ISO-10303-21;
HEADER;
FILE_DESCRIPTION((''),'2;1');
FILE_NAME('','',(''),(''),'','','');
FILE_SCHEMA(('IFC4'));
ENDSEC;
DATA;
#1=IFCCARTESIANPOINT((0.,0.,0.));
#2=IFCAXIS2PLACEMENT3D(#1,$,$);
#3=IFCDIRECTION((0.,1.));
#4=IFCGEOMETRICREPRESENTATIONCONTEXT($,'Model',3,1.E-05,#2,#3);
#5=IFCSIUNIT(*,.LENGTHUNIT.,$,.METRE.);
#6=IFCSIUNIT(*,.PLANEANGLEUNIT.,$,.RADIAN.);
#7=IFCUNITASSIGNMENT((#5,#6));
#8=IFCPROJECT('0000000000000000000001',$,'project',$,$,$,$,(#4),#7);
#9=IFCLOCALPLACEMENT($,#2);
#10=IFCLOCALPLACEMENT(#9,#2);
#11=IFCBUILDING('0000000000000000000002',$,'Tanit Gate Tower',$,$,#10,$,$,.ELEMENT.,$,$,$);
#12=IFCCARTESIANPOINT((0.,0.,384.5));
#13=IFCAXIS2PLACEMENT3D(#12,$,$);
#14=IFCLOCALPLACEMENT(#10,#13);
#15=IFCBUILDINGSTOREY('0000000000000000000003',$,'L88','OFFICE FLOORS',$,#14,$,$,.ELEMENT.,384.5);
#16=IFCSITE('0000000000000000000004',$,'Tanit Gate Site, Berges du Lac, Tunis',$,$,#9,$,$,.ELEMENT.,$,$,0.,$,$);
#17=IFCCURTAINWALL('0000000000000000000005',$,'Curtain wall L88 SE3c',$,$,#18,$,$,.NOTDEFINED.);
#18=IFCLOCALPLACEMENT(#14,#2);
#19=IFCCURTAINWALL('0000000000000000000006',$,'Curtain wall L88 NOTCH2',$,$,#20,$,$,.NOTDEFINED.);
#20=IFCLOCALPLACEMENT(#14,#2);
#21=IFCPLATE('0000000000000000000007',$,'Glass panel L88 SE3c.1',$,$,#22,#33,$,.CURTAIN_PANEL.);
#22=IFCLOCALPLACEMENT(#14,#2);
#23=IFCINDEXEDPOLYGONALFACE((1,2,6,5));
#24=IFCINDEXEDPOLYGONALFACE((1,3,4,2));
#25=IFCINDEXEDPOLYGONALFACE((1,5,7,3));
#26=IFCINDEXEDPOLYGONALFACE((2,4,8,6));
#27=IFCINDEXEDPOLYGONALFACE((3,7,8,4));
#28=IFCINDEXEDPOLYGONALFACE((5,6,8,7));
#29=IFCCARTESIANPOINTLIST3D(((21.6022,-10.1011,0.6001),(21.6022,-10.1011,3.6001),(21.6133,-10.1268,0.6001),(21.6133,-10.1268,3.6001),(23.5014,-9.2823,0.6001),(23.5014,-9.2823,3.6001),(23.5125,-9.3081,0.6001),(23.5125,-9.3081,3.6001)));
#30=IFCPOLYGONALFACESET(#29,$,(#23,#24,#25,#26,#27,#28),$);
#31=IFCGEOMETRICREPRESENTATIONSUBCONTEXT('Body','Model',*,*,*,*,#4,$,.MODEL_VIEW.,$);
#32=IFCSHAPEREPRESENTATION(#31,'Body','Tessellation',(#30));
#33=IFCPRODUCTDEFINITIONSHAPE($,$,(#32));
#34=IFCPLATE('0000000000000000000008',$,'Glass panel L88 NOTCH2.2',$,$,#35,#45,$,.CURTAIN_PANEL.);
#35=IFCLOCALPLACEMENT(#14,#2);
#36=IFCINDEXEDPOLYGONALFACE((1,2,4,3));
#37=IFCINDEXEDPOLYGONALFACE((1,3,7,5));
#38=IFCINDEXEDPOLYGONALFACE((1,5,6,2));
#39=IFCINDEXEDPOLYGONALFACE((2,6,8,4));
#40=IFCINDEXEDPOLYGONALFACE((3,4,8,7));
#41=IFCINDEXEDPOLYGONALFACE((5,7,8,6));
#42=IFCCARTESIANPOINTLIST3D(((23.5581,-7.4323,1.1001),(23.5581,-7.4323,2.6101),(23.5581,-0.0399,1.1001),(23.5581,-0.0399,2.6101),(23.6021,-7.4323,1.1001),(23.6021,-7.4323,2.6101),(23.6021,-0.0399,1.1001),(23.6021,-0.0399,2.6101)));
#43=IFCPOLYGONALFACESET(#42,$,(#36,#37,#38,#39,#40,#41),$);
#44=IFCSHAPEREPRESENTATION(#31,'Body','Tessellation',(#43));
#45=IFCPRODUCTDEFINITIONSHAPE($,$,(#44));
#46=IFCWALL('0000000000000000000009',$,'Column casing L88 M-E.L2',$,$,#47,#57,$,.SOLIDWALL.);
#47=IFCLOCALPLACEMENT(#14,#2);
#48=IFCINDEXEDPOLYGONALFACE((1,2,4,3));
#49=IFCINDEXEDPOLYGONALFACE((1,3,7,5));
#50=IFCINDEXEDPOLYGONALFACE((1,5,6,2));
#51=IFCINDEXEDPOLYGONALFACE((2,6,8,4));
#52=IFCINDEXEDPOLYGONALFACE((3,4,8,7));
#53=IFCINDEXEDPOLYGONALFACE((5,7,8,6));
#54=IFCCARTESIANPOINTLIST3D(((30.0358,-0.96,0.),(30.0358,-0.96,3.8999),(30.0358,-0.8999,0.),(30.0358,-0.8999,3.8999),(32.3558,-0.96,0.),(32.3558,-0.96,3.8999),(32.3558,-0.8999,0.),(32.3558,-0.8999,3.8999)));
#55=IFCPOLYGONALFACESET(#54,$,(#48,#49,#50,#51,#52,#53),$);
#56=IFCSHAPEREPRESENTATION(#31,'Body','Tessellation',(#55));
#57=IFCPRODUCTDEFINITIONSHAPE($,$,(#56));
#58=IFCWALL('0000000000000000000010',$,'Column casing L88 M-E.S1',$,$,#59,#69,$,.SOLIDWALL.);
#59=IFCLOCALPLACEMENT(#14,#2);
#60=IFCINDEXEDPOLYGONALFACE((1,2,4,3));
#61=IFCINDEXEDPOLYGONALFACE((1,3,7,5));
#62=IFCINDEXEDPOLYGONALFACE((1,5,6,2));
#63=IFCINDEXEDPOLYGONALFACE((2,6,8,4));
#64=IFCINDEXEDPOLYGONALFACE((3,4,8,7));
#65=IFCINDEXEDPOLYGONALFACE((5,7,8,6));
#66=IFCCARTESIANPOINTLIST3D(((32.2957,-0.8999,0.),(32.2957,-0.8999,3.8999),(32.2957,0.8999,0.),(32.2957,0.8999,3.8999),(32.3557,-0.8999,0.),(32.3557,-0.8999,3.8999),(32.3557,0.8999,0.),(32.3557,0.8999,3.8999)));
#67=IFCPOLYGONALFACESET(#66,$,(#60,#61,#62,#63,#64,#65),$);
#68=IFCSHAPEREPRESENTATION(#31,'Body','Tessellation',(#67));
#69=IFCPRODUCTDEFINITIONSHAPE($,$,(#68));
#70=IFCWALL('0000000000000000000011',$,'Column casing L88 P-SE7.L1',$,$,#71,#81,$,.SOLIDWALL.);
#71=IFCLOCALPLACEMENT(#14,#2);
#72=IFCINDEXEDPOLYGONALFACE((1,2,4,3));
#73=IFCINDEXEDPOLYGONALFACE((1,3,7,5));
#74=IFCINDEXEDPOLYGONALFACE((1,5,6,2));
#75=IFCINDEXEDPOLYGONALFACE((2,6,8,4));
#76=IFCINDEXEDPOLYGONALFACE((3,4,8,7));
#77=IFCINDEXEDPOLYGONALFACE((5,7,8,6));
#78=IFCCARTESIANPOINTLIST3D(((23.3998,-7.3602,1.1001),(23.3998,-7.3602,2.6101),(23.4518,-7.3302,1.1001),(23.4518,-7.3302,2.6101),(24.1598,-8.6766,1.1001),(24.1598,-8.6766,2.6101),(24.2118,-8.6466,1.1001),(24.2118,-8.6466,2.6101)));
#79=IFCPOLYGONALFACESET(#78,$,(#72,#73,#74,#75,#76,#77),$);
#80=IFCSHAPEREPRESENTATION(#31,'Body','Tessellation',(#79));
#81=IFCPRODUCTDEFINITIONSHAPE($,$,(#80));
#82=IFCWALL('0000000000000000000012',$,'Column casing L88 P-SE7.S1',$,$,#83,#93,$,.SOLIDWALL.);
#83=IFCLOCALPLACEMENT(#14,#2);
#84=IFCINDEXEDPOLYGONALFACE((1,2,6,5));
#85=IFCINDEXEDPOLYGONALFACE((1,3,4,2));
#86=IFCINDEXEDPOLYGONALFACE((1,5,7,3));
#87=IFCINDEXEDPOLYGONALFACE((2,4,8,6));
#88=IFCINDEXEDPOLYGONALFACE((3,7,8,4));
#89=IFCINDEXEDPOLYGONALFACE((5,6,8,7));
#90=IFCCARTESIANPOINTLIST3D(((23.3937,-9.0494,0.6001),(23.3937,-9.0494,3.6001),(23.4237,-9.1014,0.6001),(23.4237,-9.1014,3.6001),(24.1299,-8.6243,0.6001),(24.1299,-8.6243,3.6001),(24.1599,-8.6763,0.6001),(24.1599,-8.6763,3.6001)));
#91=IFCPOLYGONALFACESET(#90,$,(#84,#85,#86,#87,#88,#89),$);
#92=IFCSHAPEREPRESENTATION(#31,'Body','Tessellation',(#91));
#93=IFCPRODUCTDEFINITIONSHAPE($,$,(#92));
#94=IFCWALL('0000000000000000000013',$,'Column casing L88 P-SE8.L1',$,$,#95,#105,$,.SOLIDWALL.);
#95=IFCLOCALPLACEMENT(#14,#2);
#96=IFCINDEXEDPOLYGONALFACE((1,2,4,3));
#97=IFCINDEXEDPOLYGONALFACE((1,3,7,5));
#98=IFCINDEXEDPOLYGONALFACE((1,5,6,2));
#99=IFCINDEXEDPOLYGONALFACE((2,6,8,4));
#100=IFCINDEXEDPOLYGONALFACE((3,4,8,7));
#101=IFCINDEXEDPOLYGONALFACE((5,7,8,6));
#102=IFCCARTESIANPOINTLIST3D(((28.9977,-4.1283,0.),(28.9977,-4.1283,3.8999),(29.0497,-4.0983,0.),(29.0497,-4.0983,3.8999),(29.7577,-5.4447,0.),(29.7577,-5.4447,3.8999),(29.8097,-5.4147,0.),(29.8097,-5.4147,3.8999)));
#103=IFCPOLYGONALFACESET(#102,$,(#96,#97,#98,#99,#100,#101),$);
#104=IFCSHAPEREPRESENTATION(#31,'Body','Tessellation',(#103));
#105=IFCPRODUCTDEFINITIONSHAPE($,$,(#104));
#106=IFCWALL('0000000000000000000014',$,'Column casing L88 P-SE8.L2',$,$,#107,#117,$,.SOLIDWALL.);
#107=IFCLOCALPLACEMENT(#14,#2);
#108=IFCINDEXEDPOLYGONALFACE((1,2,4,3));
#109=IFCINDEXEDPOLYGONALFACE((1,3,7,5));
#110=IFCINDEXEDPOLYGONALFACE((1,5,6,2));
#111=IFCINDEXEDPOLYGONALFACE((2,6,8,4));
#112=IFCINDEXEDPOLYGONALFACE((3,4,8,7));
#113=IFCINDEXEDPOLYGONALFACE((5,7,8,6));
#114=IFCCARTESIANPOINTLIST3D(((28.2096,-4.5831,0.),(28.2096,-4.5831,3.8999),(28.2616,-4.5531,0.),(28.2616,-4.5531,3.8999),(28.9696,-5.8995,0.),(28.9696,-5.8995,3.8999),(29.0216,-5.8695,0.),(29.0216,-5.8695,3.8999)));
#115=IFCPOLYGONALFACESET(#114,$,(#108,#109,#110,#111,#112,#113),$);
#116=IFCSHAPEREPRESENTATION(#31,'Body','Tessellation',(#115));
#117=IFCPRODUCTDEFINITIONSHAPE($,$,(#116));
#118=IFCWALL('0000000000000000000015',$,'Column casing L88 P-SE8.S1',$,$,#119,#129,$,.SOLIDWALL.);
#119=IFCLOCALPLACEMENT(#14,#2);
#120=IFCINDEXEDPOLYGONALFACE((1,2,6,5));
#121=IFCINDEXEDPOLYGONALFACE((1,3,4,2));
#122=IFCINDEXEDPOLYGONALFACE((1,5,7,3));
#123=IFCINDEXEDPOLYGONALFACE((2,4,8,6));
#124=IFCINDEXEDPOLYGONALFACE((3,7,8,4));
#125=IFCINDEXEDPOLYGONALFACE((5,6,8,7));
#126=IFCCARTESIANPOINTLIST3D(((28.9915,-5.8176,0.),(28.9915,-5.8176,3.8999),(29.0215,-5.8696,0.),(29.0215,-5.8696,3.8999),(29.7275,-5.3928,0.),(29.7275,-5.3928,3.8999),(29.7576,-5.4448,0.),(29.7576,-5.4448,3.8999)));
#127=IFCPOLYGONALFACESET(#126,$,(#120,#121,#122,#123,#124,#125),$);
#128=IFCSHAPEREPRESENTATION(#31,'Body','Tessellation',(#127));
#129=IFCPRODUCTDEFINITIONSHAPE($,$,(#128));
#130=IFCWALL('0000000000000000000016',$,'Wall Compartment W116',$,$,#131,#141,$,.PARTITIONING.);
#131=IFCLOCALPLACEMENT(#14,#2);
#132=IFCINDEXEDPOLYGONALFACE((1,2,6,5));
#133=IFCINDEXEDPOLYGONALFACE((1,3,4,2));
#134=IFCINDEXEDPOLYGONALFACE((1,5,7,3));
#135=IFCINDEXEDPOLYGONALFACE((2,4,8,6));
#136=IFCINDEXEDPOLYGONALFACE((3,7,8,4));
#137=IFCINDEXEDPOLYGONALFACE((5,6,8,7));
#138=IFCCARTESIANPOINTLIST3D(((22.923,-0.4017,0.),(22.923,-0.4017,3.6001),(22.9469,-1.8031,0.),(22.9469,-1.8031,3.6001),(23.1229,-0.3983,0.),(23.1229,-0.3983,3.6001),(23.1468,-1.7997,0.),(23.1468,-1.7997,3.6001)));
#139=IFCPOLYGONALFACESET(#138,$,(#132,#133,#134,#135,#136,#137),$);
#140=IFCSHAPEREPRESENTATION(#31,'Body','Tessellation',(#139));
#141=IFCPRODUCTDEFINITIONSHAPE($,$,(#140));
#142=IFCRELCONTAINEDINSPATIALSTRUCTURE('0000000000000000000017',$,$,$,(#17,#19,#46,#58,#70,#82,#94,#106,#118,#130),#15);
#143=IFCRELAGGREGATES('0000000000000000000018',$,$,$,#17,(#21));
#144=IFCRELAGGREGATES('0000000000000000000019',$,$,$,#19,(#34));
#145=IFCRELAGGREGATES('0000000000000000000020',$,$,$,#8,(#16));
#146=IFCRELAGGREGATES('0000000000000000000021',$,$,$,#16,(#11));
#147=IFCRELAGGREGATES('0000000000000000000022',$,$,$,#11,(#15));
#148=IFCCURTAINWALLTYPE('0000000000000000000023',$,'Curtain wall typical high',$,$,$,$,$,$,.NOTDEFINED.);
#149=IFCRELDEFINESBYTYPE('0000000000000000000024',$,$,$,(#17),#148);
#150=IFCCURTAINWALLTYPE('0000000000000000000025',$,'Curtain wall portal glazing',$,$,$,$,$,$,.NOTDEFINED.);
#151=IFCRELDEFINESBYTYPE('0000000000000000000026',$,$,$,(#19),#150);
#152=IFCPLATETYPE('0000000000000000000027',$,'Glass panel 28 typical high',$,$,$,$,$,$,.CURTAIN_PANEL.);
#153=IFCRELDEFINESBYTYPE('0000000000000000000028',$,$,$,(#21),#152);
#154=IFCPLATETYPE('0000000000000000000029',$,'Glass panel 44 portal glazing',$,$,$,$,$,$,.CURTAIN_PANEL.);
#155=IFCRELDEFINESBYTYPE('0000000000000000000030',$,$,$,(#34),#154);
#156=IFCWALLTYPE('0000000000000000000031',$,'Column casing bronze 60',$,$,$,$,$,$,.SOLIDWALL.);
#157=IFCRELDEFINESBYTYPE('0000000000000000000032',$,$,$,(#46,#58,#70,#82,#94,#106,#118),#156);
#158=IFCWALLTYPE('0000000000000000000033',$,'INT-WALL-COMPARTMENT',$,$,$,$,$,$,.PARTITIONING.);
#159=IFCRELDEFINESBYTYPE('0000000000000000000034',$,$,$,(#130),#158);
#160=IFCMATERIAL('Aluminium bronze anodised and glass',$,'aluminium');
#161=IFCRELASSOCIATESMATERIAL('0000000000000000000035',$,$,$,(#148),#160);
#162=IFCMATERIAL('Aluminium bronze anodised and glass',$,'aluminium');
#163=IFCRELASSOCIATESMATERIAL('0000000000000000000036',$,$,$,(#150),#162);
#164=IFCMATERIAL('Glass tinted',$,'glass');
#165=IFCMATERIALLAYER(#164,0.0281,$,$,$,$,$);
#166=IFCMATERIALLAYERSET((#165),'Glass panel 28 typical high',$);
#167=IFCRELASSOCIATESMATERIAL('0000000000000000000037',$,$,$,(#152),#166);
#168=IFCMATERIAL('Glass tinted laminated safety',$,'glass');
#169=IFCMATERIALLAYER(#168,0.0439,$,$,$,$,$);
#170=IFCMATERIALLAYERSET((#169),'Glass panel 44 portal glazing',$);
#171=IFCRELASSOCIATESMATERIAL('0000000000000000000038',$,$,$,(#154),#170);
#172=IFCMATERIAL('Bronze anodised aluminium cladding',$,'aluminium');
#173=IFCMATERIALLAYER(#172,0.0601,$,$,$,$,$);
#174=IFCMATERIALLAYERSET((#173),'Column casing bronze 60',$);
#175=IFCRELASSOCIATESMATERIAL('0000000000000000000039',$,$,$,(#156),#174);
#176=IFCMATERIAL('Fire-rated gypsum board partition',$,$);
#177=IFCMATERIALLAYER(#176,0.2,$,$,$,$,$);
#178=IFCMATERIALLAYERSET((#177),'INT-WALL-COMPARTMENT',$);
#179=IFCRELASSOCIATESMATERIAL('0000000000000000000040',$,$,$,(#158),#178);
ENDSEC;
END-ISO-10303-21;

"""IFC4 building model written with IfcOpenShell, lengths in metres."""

from ifc_helpers import new_model, si_unit, direction, frame, frame_2d, origin, origin_2d, place, context, subcontext, project, spatial, rectangle, extrude, material, layer, layer_set, type_object, element, aggregate, save


model = new_model("IFC4")

# Units and contexts
model_context = context("Model", 3, precision=1e-05, world=origin(), true_north=direction((0.0, 1.0)))
body_context = subcontext(model_context, "Body", "Model", "MODEL_VIEW")
ifc_project = project(units=[si_unit("LENGTHUNIT", "METRE"), si_unit("PLANEANGLEUNIT", "RADIAN")], contexts=[model_context])

# Site, building, storey
site_placement = place(None, origin())
site = spatial("IfcSite", under=ifc_project, at=site_placement, Name="Tanit Gate Site, Berges du Lac, Tunis", CompositionType="ELEMENT", RefElevation=0.0)
building_placement = place(site_placement, origin())
building = spatial("IfcBuilding", under=site, at=building_placement, Name="Tanit Gate Tower", CompositionType="ELEMENT")
storey_placement = place(building_placement, frame((0.0, 0.0, 384.5)))
storey = spatial("IfcBuildingStorey", under=building, at=storey_placement, Name="L88", Description="OFFICE FLOORS", CompositionType="ELEMENT", Elevation=384.5)

# Curtain wall
ifc_material_1 = material(Name="Aluminium bronze anodised and glass", Category="aluminium")
curtain_wall_type_1 = type_object("IfcCurtainWallType", Name="Curtain wall typical high", PredefinedType="NOTDEFINED", material=ifc_material_1)
curtain_wall_1_placement = place(storey_placement, origin())
curtain_wall_1 = element("IfcCurtainWall", 1, at=curtain_wall_1_placement, inside=storey, type_object=curtain_wall_type_1, Name="Curtain wall L88 SE3c", PredefinedType="NOTDEFINED")

# Curtain wall
ifc_material_2 = material(Name="Aluminium bronze anodised and glass", Category="aluminium")
curtain_wall_type_2 = type_object("IfcCurtainWallType", Name="Curtain wall portal glazing", PredefinedType="NOTDEFINED", material=ifc_material_2)
curtain_wall_2_placement = place(storey_placement, origin())
curtain_wall_2 = element("IfcCurtainWall", 2, at=curtain_wall_2_placement, inside=storey, type_object=curtain_wall_type_2, Name="Curtain wall L88 NOTCH2", PredefinedType="NOTDEFINED")

# Plates
ifc_material_3 = material(Name="Glass tinted", Category="glass")
ifc_layer_1 = layer(ifc_material_3, 0.0281)
ifc_layer_set_1 = layer_set([ifc_layer_1], Name="Glass panel 28 typical high")
plate_type_1 = type_object("IfcPlateType", Name="Glass panel 28 typical high", PredefinedType="CURTAIN_PANEL", material=ifc_layer_set_1)
plate_1_placement = place(storey_placement, frame((22.5574, -9.7046, 0.6001), z_axis=(0.0, 0.0, 1.0), x_axis=(0.918306, 0.395871, 0.0)))
plate_1 = element("IfcPlate", 3, at=plate_1_placement, type_object=plate_type_1, Name="Glass panel L88 SE3c.1", PredefinedType="CURTAIN_PANEL", context=body_context, shape_type="SweptSolid", body=[
    extrude(rectangle(XDim=2.0681, YDim=0.0281, at=origin_2d()), origin(), (0.0, 0.0, 1.0), 3.0),
])
aggregate(curtain_wall_1, [plate_1])
ifc_material_4 = material(Name="Glass tinted laminated safety", Category="glass")
ifc_layer_2 = layer(ifc_material_4, 0.0439)
ifc_layer_set_2 = layer_set([ifc_layer_2], Name="Glass panel 44 portal glazing")
plate_type_2 = type_object("IfcPlateType", Name="Glass panel 44 portal glazing", PredefinedType="CURTAIN_PANEL", material=ifc_layer_set_2)
plate_2_placement = place(storey_placement, frame((23.5801, -3.7361, 1.1001), z_axis=(0.0, 0.0, 1.0), x_axis=(0.0, -1.0, 0.0)))
plate_2 = element("IfcPlate", 4, at=plate_2_placement, type_object=plate_type_2, Name="Glass panel L88 NOTCH2.2", PredefinedType="CURTAIN_PANEL", context=body_context, shape_type="SweptSolid", body=[
    extrude(rectangle(XDim=7.3923, YDim=0.0439, at=origin_2d()), origin(), (0.0, 0.0, 1.0), 1.51),
])
aggregate(curtain_wall_2, [plate_2])

# Walls
ifc_material_5 = material(Name="Bronze anodised aluminium cladding", Category="aluminium")
ifc_layer_3 = layer(ifc_material_5, 0.0601)
ifc_layer_set_3 = layer_set([ifc_layer_3], Name="Column casing bronze 60")
wall_type_1 = type_object("IfcWallType", Name="Column casing bronze 60", PredefinedType="SOLIDWALL", material=ifc_layer_set_3)
wall_1_placement = place(storey_placement, frame((30.0356, -0.9299, 0.0), z_axis=(0.0, 0.0, 1.0), x_axis=(1.0, 0.0, 0.0)))
element("IfcWall", 5, at=wall_1_placement, inside=storey, type_object=wall_type_1, Name="Column casing L88 M-E.L2", PredefinedType="SOLIDWALL", context=body_context, shape_type="SweptSolid", body=[
    extrude(rectangle(XDim=2.3201, YDim=0.0601, at=frame_2d((1.1602, 0.0))), origin(), (0.0, 0.0, 1.0), 3.8999),
])
wall_2_placement = place(storey_placement, frame((32.3257, -0.8999, 0.0), z_axis=(0.0, 0.0, 1.0), x_axis=(0.0, 1.0, 0.0)))
element("IfcWall", 6, at=wall_2_placement, inside=storey, type_object=wall_type_1, Name="Column casing L88 M-E.S1", PredefinedType="SOLIDWALL", context=body_context, shape_type="SweptSolid", body=[
    extrude(rectangle(XDim=1.7998, YDim=0.0601, at=frame_2d((0.8999, 0.0))), origin(), (0.0, 0.0, 1.0), 3.8999),
])
wall_3_placement = place(storey_placement, frame((23.4258, -7.3452, 1.1001), z_axis=(0.0, 0.0, 1.0), x_axis=(0.499991, -0.86603, 0.0)))
element("IfcWall", 7, at=wall_3_placement, inside=storey, type_object=wall_type_1, Name="Column casing L88 P-SE7.L1", PredefinedType="SOLIDWALL", context=body_context, shape_type="SweptSolid", body=[
    extrude(rectangle(XDim=1.52, YDim=0.0601, at=frame_2d((0.76, 0.0))), origin(), (0.0, 0.0, 1.0), 1.51),
])
wall_4_placement = place(storey_placement, frame((23.4087, -9.0754, 0.6001), z_axis=(0.0, 0.0, 1.0), x_axis=(0.865989, 0.500062, 0.0)))
element("IfcWall", 8, at=wall_4_placement, inside=storey, type_object=wall_type_1, Name="Column casing L88 P-SE7.S1", PredefinedType="SOLIDWALL", context=body_context, shape_type="SweptSolid", body=[
    extrude(rectangle(XDim=0.8501, YDim=0.0601, at=frame_2d((0.425, 0.0))), origin(), (0.0, 0.0, 1.0), 3.0),
])
for number, where, z_axis, x_axis, name in (
    (9, (29.0237, -4.1133, 0.0), (0.0, 0.0, 1.0), (0.499991, -0.86603, 0.0), "Column casing L88 P-SE8.L1"),
    (10, (28.2356, -4.5681, 0.0), (0.0, 0.0, 1.0), (0.499991, -0.86603, 0.0), "Column casing L88 P-SE8.L2"),
):
    element("IfcWall", number, at=place(storey_placement, frame(where, z_axis=z_axis, x_axis=x_axis)), inside=storey, type_object=wall_type_1, Name=name, PredefinedType="SOLIDWALL", context=body_context, shape_type="SweptSolid", body=[
        extrude(rectangle(XDim=1.52, YDim=0.0601, at=frame_2d((0.76, 0.0))), origin(), (0.0, 0.0, 1.0), 3.8999),
    ])
wall_5_placement = place(storey_placement, frame((29.0066, -5.8435, 0.0), z_axis=(0.0, 0.0, 1.0), x_axis=(0.866114, 0.499847, 0.0)))
element("IfcWall", 11, at=wall_5_placement, inside=storey, type_object=wall_type_1, Name="Column casing L88 P-SE8.S1", PredefinedType="SOLIDWALL", context=body_context, shape_type="SweptSolid", body=[
    extrude(rectangle(XDim=0.8499, YDim=0.0601, at=frame_2d((0.4248, 0.0))), origin(), (0.0, 0.0, 1.0), 3.8999),
])
ifc_material_6 = material(Name="Fire-rated gypsum board partition")
ifc_layer_4 = layer(ifc_material_6, 0.2)
ifc_layer_set_4 = layer_set([ifc_layer_4], Name="INT-WALL-COMPARTMENT")
wall_type_2 = type_object("IfcWallType", Name="INT-WALL-COMPARTMENT", PredefinedType="PARTITIONING", material=ifc_layer_set_4)
wall_6_placement = place(storey_placement, frame((23.0469, -1.8013, 0.0), z_axis=(0.0, 0.0, 1.0), x_axis=(-0.017071, 0.999854, 0.0)))
element("IfcWall", 12, at=wall_6_placement, inside=storey, type_object=wall_type_2, Name="Wall Compartment W116", PredefinedType="PARTITIONING", context=body_context, shape_type="SweptSolid", body=[
    extrude(rectangle(XDim=1.4016, YDim=0.2, at=frame_2d((0.7007, 0.0))), origin(), (0.0, 0.0, 1.0), 3.6001),
])

save(model, "model.ifc")
